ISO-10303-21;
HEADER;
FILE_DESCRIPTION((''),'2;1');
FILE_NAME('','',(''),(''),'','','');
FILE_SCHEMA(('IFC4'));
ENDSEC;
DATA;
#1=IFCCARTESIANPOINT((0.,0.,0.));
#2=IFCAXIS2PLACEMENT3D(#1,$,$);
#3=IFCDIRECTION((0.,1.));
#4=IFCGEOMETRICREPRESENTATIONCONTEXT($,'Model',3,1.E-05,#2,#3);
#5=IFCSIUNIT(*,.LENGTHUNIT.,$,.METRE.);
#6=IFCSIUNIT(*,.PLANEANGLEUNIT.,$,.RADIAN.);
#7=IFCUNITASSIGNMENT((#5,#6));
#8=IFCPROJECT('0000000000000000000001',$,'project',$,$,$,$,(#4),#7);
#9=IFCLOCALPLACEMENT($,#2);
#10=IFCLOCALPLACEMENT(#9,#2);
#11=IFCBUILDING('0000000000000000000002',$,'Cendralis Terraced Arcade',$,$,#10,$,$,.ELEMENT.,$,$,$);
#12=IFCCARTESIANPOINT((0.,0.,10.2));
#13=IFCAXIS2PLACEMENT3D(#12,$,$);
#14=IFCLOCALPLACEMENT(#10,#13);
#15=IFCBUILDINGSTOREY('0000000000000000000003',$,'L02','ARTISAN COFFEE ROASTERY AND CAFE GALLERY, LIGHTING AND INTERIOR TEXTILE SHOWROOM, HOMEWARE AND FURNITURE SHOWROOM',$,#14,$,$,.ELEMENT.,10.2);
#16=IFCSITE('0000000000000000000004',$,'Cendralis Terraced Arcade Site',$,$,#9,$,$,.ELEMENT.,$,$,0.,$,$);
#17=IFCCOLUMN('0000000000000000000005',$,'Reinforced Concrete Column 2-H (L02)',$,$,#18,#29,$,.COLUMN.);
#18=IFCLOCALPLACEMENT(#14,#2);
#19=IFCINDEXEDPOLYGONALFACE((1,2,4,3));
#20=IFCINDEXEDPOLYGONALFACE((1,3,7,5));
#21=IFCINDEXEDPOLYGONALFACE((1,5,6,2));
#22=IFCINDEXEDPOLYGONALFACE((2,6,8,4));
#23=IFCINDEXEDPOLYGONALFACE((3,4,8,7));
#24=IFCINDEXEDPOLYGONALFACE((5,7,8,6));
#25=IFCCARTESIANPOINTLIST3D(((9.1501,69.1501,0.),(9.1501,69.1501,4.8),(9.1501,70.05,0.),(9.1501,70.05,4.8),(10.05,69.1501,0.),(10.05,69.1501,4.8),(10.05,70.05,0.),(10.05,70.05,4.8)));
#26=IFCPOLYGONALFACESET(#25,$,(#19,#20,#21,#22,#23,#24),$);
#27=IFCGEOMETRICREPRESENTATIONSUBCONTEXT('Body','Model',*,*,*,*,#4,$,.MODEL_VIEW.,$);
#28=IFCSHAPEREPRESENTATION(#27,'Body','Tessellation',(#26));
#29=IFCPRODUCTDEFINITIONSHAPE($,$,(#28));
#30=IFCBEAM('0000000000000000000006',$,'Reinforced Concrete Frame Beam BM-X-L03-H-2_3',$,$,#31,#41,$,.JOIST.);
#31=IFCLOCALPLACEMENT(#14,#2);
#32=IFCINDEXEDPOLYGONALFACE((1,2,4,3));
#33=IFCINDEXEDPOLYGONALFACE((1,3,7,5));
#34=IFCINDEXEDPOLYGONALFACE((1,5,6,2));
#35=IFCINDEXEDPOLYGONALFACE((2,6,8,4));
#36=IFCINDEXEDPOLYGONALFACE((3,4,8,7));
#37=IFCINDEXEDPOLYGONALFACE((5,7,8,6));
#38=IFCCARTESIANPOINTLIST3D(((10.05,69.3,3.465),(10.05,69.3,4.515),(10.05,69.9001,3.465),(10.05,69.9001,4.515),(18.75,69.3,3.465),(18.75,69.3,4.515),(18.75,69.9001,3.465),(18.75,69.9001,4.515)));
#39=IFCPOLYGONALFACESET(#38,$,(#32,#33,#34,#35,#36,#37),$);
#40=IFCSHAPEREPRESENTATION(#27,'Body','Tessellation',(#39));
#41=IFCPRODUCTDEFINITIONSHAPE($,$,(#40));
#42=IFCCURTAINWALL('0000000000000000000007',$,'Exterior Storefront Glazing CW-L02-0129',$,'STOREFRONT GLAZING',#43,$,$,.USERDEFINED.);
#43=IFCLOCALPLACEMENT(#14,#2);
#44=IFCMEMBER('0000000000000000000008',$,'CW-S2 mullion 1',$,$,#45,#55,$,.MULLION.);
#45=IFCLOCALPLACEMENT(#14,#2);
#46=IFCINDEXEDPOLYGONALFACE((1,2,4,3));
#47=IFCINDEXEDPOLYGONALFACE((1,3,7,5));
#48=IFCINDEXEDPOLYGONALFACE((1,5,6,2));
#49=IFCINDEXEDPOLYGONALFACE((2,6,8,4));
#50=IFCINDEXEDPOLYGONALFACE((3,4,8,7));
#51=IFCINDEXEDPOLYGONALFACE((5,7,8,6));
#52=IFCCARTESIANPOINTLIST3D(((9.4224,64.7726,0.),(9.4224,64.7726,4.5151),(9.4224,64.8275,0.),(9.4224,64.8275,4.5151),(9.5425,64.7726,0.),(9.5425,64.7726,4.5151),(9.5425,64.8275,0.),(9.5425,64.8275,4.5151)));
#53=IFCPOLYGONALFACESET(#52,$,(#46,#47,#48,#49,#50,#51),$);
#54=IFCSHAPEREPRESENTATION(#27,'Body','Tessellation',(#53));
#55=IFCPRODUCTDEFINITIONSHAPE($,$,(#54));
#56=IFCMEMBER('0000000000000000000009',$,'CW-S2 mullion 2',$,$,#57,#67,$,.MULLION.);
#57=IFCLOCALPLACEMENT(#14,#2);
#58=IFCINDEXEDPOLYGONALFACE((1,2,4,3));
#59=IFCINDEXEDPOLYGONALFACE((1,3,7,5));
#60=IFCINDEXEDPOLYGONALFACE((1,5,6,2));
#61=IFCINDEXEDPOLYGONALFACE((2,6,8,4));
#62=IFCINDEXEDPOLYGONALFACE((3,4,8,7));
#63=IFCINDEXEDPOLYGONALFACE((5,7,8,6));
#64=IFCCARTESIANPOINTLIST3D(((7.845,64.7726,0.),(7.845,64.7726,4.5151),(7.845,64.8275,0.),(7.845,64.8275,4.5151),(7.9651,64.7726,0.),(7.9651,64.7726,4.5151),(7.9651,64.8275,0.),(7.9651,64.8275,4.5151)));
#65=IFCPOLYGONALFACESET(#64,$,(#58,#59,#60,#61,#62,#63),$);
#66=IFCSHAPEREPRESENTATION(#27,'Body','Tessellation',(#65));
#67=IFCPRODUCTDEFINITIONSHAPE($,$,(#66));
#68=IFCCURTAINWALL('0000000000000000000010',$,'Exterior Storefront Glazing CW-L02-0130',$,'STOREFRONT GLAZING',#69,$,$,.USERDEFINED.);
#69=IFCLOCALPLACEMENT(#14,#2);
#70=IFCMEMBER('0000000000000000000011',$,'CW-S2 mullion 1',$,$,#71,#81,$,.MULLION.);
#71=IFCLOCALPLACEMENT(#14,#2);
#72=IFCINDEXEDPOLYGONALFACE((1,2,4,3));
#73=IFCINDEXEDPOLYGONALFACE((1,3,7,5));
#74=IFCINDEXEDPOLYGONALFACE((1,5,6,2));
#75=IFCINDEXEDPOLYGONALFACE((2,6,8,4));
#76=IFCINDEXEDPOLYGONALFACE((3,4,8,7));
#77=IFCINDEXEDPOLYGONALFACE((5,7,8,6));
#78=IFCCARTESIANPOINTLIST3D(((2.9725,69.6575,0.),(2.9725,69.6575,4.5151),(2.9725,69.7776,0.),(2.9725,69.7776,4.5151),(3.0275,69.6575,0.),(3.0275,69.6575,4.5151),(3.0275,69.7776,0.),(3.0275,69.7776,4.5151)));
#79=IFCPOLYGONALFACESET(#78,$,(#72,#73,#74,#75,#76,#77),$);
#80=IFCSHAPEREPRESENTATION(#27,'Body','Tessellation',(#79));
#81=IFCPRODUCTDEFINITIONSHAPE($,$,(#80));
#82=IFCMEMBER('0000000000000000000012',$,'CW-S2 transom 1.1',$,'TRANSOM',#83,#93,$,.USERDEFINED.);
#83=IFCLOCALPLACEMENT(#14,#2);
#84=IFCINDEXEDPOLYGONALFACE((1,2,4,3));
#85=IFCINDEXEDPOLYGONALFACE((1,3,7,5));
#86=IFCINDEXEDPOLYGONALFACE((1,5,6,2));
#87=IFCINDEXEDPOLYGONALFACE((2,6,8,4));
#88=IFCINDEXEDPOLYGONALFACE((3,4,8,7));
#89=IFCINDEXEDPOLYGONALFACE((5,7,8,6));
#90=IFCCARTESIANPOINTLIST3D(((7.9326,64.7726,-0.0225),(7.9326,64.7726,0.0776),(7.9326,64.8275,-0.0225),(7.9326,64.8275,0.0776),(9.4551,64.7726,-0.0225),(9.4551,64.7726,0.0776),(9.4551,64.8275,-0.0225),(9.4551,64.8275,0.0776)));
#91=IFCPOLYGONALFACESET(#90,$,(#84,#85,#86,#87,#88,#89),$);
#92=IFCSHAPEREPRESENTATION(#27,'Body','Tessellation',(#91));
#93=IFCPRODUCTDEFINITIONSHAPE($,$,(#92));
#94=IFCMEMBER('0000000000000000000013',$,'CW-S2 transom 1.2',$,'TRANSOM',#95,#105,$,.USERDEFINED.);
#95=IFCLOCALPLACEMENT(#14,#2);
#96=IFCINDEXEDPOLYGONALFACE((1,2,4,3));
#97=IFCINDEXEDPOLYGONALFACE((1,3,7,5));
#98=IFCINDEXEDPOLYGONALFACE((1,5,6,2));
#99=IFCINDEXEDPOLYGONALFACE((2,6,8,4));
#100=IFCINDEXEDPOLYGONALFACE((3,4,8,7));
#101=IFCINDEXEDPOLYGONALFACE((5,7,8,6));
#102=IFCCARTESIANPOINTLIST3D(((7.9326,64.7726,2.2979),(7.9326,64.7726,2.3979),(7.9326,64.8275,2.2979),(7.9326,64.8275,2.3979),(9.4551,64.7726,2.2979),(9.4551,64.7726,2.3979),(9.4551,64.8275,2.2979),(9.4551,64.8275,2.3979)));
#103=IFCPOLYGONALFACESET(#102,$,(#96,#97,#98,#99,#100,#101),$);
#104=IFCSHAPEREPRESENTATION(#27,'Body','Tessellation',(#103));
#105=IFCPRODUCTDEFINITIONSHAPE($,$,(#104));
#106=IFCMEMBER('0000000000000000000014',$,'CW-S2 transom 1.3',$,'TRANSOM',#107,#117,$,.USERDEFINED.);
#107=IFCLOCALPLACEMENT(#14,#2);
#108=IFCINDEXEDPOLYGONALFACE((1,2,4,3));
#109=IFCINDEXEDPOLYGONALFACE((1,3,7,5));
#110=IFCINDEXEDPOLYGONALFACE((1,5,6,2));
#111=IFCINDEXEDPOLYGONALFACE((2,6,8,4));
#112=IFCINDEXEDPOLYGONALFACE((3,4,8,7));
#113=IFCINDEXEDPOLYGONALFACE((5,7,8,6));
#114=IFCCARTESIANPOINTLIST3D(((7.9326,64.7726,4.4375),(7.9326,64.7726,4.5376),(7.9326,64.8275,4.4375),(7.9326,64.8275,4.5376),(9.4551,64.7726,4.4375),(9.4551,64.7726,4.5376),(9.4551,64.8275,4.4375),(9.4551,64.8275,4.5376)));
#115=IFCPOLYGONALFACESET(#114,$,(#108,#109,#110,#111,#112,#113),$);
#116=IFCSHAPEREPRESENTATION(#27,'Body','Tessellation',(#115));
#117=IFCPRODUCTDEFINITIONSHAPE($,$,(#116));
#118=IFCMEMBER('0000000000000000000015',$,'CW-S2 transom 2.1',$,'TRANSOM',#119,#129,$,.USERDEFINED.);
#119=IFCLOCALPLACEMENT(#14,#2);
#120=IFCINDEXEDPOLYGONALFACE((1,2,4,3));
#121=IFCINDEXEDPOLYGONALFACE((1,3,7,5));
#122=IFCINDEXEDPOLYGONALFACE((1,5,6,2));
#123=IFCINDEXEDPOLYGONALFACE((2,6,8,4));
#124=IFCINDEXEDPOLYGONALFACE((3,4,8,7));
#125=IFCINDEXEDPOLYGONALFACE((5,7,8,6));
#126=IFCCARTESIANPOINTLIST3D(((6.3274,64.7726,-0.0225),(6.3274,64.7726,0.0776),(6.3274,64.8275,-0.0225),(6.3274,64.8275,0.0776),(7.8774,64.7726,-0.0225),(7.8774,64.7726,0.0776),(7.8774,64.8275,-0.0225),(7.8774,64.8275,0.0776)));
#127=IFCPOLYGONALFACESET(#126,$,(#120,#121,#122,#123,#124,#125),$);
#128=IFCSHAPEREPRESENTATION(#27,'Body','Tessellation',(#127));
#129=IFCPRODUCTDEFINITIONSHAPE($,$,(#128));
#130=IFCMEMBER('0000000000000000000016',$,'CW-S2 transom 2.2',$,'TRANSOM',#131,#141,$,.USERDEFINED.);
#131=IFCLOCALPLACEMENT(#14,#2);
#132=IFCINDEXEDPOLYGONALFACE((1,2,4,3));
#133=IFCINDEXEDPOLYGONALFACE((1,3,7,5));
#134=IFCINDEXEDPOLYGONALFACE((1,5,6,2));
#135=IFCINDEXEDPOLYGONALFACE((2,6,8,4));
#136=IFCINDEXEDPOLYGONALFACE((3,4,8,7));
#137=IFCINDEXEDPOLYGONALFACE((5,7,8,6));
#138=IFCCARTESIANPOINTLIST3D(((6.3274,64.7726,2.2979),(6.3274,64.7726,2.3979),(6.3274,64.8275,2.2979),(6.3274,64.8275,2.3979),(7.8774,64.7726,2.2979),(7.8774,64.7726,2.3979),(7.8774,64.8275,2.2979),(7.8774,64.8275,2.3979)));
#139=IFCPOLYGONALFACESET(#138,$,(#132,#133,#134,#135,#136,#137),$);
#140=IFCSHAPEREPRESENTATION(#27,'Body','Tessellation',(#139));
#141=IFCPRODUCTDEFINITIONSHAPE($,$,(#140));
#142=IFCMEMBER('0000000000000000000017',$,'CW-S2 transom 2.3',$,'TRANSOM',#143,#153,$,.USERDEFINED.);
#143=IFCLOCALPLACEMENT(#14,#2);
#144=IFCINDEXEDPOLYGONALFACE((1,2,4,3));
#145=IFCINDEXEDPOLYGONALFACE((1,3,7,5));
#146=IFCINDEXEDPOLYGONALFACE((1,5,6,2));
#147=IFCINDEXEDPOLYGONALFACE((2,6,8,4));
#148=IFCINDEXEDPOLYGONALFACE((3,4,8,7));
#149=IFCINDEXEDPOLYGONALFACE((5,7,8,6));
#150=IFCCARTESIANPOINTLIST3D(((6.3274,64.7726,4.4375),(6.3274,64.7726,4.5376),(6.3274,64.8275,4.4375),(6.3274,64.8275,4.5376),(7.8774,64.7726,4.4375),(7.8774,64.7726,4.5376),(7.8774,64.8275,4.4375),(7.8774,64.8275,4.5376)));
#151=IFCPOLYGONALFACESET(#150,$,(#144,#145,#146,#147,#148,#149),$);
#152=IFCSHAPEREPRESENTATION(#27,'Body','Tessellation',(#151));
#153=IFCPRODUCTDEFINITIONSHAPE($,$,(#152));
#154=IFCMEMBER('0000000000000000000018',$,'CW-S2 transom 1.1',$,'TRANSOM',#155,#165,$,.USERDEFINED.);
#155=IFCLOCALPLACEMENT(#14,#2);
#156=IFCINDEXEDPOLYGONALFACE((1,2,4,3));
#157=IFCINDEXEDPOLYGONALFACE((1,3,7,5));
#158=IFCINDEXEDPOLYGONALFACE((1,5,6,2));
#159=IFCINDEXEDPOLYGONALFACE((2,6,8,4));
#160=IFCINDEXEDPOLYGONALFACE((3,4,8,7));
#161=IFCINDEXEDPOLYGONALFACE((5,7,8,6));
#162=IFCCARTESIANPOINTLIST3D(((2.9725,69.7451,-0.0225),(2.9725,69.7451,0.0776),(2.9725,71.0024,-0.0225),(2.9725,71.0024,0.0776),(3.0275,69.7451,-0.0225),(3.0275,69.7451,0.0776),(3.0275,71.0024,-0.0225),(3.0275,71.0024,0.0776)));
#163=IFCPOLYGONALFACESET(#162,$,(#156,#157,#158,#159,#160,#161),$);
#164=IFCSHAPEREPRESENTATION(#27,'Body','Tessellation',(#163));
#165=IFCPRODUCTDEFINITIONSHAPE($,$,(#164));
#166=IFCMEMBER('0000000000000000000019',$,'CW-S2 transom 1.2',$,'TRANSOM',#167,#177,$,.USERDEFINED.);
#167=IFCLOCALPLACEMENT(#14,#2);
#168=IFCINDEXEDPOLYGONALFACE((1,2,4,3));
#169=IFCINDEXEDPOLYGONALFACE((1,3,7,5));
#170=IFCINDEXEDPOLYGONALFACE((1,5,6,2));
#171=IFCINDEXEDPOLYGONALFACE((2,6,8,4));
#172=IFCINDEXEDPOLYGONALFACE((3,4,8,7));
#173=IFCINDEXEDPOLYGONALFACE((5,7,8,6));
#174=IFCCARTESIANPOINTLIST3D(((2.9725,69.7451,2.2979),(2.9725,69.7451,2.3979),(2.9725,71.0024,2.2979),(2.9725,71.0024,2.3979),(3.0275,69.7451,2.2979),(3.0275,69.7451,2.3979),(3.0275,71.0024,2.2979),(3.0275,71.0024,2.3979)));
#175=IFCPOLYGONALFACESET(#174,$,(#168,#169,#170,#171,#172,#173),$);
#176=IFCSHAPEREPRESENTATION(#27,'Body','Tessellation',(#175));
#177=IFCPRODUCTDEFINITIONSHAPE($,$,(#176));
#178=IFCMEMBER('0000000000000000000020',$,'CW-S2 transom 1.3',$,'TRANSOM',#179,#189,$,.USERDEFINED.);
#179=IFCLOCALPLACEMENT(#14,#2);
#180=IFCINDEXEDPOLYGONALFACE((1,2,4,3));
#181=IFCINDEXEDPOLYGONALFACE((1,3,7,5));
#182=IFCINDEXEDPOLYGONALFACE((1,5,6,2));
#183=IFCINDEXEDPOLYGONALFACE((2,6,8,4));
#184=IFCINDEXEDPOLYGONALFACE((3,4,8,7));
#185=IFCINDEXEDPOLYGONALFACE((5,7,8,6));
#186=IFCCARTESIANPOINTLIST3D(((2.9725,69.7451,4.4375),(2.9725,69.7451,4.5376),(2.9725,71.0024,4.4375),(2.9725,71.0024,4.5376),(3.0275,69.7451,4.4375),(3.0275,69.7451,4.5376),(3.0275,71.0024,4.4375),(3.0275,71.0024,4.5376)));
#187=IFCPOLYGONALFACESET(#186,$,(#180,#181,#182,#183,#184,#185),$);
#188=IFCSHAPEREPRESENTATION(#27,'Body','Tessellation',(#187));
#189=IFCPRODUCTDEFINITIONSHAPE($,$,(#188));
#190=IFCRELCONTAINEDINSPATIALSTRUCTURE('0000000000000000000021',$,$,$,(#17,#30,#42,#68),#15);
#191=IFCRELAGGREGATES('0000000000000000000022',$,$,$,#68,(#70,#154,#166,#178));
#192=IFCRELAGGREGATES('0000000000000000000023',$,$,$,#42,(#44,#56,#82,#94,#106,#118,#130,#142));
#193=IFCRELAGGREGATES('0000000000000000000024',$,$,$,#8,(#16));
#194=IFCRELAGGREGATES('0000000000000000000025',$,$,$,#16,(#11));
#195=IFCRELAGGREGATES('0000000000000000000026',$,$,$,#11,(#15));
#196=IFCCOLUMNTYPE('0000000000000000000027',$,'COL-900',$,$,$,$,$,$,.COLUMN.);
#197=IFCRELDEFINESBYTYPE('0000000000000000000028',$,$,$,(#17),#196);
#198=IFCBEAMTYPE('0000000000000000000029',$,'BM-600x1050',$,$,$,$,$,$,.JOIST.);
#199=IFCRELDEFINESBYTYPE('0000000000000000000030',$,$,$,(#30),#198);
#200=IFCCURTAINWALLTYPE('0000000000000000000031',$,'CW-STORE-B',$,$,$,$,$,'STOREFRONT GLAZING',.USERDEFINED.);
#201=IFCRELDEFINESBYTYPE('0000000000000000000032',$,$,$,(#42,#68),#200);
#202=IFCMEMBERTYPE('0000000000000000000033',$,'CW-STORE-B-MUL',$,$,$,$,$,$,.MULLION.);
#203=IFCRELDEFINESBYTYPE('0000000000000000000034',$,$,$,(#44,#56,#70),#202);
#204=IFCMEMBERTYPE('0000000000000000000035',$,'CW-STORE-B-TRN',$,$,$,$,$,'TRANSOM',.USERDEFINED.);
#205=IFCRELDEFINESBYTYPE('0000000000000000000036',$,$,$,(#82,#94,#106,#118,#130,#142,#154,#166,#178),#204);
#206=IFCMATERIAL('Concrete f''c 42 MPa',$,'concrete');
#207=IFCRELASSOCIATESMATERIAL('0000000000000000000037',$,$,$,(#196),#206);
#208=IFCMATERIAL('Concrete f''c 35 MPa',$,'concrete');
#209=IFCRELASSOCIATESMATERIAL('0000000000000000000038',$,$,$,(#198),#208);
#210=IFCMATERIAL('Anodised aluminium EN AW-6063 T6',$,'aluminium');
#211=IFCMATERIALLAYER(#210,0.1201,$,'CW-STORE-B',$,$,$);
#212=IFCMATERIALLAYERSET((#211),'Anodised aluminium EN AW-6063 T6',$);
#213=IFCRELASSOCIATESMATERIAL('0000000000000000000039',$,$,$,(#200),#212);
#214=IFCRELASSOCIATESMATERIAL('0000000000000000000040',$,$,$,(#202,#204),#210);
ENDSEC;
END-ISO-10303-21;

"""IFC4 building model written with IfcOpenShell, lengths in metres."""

from ifc_helpers import new_model, si_unit, direction, frame, origin, origin_2d, place, context, subcontext, project, spatial, rectangle, extrude, material, layer, layer_set, material_profile, profile_set, type_object, element, aggregate, save


model = new_model("IFC4")

# Units and contexts
model_context = context("Model", 3, precision=1e-05, world=origin(), true_north=direction((0.0, 1.0)))
body_context = subcontext(model_context, "Body", "Model", "MODEL_VIEW")
ifc_project = project(units=[si_unit("LENGTHUNIT", "METRE"), si_unit("PLANEANGLEUNIT", "RADIAN")], contexts=[model_context])

# Site, building, storey
site_placement = place(None, origin())
site = spatial("IfcSite", under=ifc_project, at=site_placement, Name="Cendralis Terraced Arcade Site", CompositionType="ELEMENT", RefElevation=0.0)
building_placement = place(site_placement, origin())
building = spatial("IfcBuilding", under=site, at=building_placement, Name="Cendralis Terraced Arcade", CompositionType="ELEMENT")
storey_placement = place(building_placement, frame((0.0, 0.0, 10.2)))
storey = spatial("IfcBuildingStorey", under=building, at=storey_placement, Name="L02", Description="ARTISAN COFFEE ROASTERY AND CAFE GALLERY, LIGHTING AND INTERIOR TEXTILE SHOWROOM, HOMEWARE AND FURNITURE SHOWROOM", CompositionType="ELEMENT", Elevation=10.2)

# Column
ifc_material_1 = material(Name="Concrete f'c 42 MPa", Category="concrete")
ifc_material_profile_1 = material_profile(ifc_material_1, rectangle(XDim=0.8999, YDim=0.8999, at=origin_2d()), Name="RC-COL-900x900", Category="LoadBearing")
ifc_profile_set_1 = profile_set([ifc_material_profile_1], Name="Concrete f'c 42 MPa")
column_type = type_object("IfcColumnType", Name="COL-900", PredefinedType="COLUMN", material=ifc_profile_set_1)
column_placement = place(storey_placement, frame((9.6001, 69.6001, 0.0), z_axis=(0.0, 0.0, 1.0), x_axis=(1.0, 0.0, 0.0)))
element("IfcColumn", 1, at=column_placement, inside=storey, type_object=column_type, Name="Reinforced Concrete Column 2-H (L02)", PredefinedType="COLUMN", context=body_context, shape_type="SweptSolid", body=[
    extrude(rectangle(XDim=0.8999, YDim=0.8999, at=origin_2d()), origin(), (0.0, 0.0, 1.0), 4.8),
])

# Beam
ifc_material_2 = material(Name="Concrete f'c 35 MPa", Category="concrete")
ifc_material_profile_2 = material_profile(ifc_material_2, rectangle(XDim=0.6001, YDim=1.05, at=origin_2d()), Name="RC-BM-600x1050", Category="LoadBearing")
ifc_profile_set_2 = profile_set([ifc_material_profile_2], Name="Concrete f'c 35 MPa")
beam_type = type_object("IfcBeamType", Name="BM-600x1050", PredefinedType="JOIST", material=ifc_profile_set_2)
beam_placement = place(storey_placement, frame((10.05, 69.6001, 3.99), z_axis=(1.0, 0.0, 0.0), x_axis=(0.0, 1.0, 0.0)))
element("IfcBeam", 2, at=beam_placement, inside=storey, type_object=beam_type, Name="Reinforced Concrete Frame Beam BM-X-L03-H-2_3", PredefinedType="JOIST", context=body_context, shape_type="SweptSolid", body=[
    extrude(rectangle(XDim=0.6001, YDim=1.05, at=origin_2d()), origin(), (0.0, 0.0, 1.0), 8.7),
])

# Curtain wall, members
ifc_material_3 = material(Name="Anodised aluminium EN AW-6063 T6", Category="aluminium")
ifc_layer_1 = layer(ifc_material_3, 0.1201, Name="CW-STORE-B")
ifc_layer_set_1 = layer_set([ifc_layer_1], Name="Anodised aluminium EN AW-6063 T6")
curtain_wall_type = type_object("IfcCurtainWallType", Name="CW-STORE-B", ElementType="STOREFRONT GLAZING", PredefinedType="USERDEFINED", material=ifc_layer_set_1)
curtain_wall_1_placement = place(storey_placement, origin())
curtain_wall_1 = element("IfcCurtainWall", 3, at=curtain_wall_1_placement, inside=storey, type_object=curtain_wall_type, Name="Exterior Storefront Glazing CW-L02-0129", ObjectType="STOREFRONT GLAZING", PredefinedType="USERDEFINED")
ifc_material_profile_3 = material_profile(ifc_material_3, rectangle(XDim=0.0549, YDim=0.1201, at=origin_2d()), Name="ALU-MUL-55x120")
ifc_profile_set_3 = profile_set([ifc_material_profile_3], Name="Anodised aluminium EN AW-6063 T6")
member_type_1 = type_object("IfcMemberType", Name="CW-STORE-B-MUL", PredefinedType="MULLION", material=ifc_profile_set_3)
member_1_placement = place(storey_placement, frame((9.4824, 64.8, 0.0), z_axis=(0.0, 0.0, 1.0), x_axis=(0.0, -1.0, 0.0)))
member_1 = element("IfcMember", 4, at=member_1_placement, type_object=member_type_1, Name="CW-S2 mullion 1", PredefinedType="MULLION", context=body_context, shape_type="SweptSolid", body=[
    extrude(rectangle(XDim=0.0549, YDim=0.1201, at=origin_2d()), origin(), (0.0, 0.0, 1.0), 4.5151),
])
member_2_placement = place(storey_placement, frame((7.905, 64.8, 0.0), z_axis=(0.0, 0.0, 1.0), x_axis=(0.0, -1.0, 0.0)))
member_2 = element("IfcMember", 5, at=member_2_placement, type_object=member_type_1, Name="CW-S2 mullion 2", PredefinedType="MULLION", context=body_context, shape_type="SweptSolid", body=[
    extrude(rectangle(XDim=0.0549, YDim=0.1201, at=origin_2d()), origin(), (0.0, 0.0, 1.0), 4.5151),
])

# Curtain wall, member
curtain_wall_2_placement = place(storey_placement, origin())
curtain_wall_2 = element("IfcCurtainWall", 6, at=curtain_wall_2_placement, inside=storey, type_object=curtain_wall_type, Name="Exterior Storefront Glazing CW-L02-0130", ObjectType="STOREFRONT GLAZING", PredefinedType="USERDEFINED")
member_3_placement = place(storey_placement, frame((3.0, 69.7175, 0.0), z_axis=(0.0, 0.0, 1.0), x_axis=(-1.0, 0.0, 0.0)))
member_3 = element("IfcMember", 7, at=member_3_placement, type_object=member_type_1, Name="CW-S2 mullion 1", PredefinedType="MULLION", context=body_context, shape_type="SweptSolid", body=[
    extrude(rectangle(XDim=0.0549, YDim=0.1201, at=origin_2d()), origin(), (0.0, 0.0, 1.0), 4.5151),
])

# Members
ifc_material_profile_4 = material_profile(ifc_material_3, rectangle(XDim=0.0549, YDim=0.1001, at=origin_2d()), Name="ALU-TRN-55x100")
ifc_profile_set_4 = profile_set([ifc_material_profile_4], Name="Anodised aluminium EN AW-6063 T6")
member_type_2 = type_object("IfcMemberType", Name="CW-STORE-B-TRN", ElementType="TRANSOM", PredefinedType="USERDEFINED", material=ifc_profile_set_4)
member_4_placement = place(storey_placement, frame((9.4551, 64.8, 0.0276), z_axis=(-1.0, 0.0, 0.0), x_axis=(0.0, -1.0, 0.0)))
member_4 = element("IfcMember", 8, at=member_4_placement, type_object=member_type_2, Name="CW-S2 transom 1.1", ObjectType="TRANSOM", PredefinedType="USERDEFINED", context=body_context, shape_type="SweptSolid", body=[
    extrude(rectangle(XDim=0.0549, YDim=0.1001, at=origin_2d()), origin(), (0.0, 0.0, 1.0), 1.5225),
])
member_5_placement = place(storey_placement, frame((9.4551, 64.8, 2.3479), z_axis=(-1.0, 0.0, 0.0), x_axis=(0.0, -1.0, 0.0)))
member_5 = element("IfcMember", 9, at=member_5_placement, type_object=member_type_2, Name="CW-S2 transom 1.2", ObjectType="TRANSOM", PredefinedType="USERDEFINED", context=body_context, shape_type="SweptSolid", body=[
    extrude(rectangle(XDim=0.0549, YDim=0.1001, at=origin_2d()), origin(), (0.0, 0.0, 1.0), 1.5225),
])
member_6_placement = place(storey_placement, frame((9.4551, 64.8, 4.4875), z_axis=(-1.0, 0.0, 0.0), x_axis=(0.0, -1.0, 0.0)))
member_6 = element("IfcMember", 10, at=member_6_placement, type_object=member_type_2, Name="CW-S2 transom 1.3", ObjectType="TRANSOM", PredefinedType="USERDEFINED", context=body_context, shape_type="SweptSolid", body=[
    extrude(rectangle(XDim=0.0549, YDim=0.1001, at=origin_2d()), origin(), (0.0, 0.0, 1.0), 1.5225),
])
member_7_placement = place(storey_placement, frame((7.8774, 64.8, 0.0276), z_axis=(-1.0, 0.0, 0.0), x_axis=(0.0, -1.0, 0.0)))
member_7 = element("IfcMember", 11, at=member_7_placement, type_object=member_type_2, Name="CW-S2 transom 2.1", ObjectType="TRANSOM", PredefinedType="USERDEFINED", context=body_context, shape_type="SweptSolid", body=[
    extrude(rectangle(XDim=0.0549, YDim=0.1001, at=origin_2d()), origin(), (0.0, 0.0, 1.0), 1.55),
])
member_8_placement = place(storey_placement, frame((7.8774, 64.8, 2.3479), z_axis=(-1.0, 0.0, 0.0), x_axis=(0.0, -1.0, 0.0)))
member_8 = element("IfcMember", 12, at=member_8_placement, type_object=member_type_2, Name="CW-S2 transom 2.2", ObjectType="TRANSOM", PredefinedType="USERDEFINED", context=body_context, shape_type="SweptSolid", body=[
    extrude(rectangle(XDim=0.0549, YDim=0.1001, at=origin_2d()), origin(), (0.0, 0.0, 1.0), 1.55),
])
member_9_placement = place(storey_placement, frame((7.8774, 64.8, 4.4875), z_axis=(-1.0, 0.0, 0.0), x_axis=(0.0, -1.0, 0.0)))
member_9 = element("IfcMember", 13, at=member_9_placement, type_object=member_type_2, Name="CW-S2 transom 2.3", ObjectType="TRANSOM", PredefinedType="USERDEFINED", context=body_context, shape_type="SweptSolid", body=[
    extrude(rectangle(XDim=0.0549, YDim=0.1001, at=origin_2d()), origin(), (0.0, 0.0, 1.0), 1.55),
])
member_10_placement = place(storey_placement, frame((3.0, 69.7451, 0.0276), z_axis=(0.0, 1.0, 0.0), x_axis=(-1.0, 0.0, 0.0)))
member_10 = element("IfcMember", 14, at=member_10_placement, type_object=member_type_2, Name="CW-S2 transom 1.1", ObjectType="TRANSOM", PredefinedType="USERDEFINED", context=body_context, shape_type="SweptSolid", body=[
    extrude(rectangle(XDim=0.0549, YDim=0.1001, at=origin_2d()), origin(), (0.0, 0.0, 1.0), 1.2573),
])
member_11_placement = place(storey_placement, frame((3.0, 69.7451, 2.3479), z_axis=(0.0, 1.0, 0.0), x_axis=(-1.0, 0.0, 0.0)))
member_11 = element("IfcMember", 15, at=member_11_placement, type_object=member_type_2, Name="CW-S2 transom 1.2", ObjectType="TRANSOM", PredefinedType="USERDEFINED", context=body_context, shape_type="SweptSolid", body=[
    extrude(rectangle(XDim=0.0549, YDim=0.1001, at=origin_2d()), origin(), (0.0, 0.0, 1.0), 1.2573),
])
member_12_placement = place(storey_placement, frame((3.0, 69.7451, 4.4875), z_axis=(0.0, 1.0, 0.0), x_axis=(-1.0, 0.0, 0.0)))
member_12 = element("IfcMember", 16, at=member_12_placement, type_object=member_type_2, Name="CW-S2 transom 1.3", ObjectType="TRANSOM", PredefinedType="USERDEFINED", context=body_context, shape_type="SweptSolid", body=[
    extrude(rectangle(XDim=0.0549, YDim=0.1001, at=origin_2d()), origin(), (0.0, 0.0, 1.0), 1.2573),
])
aggregate(curtain_wall_2, [member_3, member_10, member_11, member_12])

aggregate(curtain_wall_1, [member_1, member_2, member_4, member_5, member_6, member_7, member_8, member_9])

save(model, "model.ifc")
